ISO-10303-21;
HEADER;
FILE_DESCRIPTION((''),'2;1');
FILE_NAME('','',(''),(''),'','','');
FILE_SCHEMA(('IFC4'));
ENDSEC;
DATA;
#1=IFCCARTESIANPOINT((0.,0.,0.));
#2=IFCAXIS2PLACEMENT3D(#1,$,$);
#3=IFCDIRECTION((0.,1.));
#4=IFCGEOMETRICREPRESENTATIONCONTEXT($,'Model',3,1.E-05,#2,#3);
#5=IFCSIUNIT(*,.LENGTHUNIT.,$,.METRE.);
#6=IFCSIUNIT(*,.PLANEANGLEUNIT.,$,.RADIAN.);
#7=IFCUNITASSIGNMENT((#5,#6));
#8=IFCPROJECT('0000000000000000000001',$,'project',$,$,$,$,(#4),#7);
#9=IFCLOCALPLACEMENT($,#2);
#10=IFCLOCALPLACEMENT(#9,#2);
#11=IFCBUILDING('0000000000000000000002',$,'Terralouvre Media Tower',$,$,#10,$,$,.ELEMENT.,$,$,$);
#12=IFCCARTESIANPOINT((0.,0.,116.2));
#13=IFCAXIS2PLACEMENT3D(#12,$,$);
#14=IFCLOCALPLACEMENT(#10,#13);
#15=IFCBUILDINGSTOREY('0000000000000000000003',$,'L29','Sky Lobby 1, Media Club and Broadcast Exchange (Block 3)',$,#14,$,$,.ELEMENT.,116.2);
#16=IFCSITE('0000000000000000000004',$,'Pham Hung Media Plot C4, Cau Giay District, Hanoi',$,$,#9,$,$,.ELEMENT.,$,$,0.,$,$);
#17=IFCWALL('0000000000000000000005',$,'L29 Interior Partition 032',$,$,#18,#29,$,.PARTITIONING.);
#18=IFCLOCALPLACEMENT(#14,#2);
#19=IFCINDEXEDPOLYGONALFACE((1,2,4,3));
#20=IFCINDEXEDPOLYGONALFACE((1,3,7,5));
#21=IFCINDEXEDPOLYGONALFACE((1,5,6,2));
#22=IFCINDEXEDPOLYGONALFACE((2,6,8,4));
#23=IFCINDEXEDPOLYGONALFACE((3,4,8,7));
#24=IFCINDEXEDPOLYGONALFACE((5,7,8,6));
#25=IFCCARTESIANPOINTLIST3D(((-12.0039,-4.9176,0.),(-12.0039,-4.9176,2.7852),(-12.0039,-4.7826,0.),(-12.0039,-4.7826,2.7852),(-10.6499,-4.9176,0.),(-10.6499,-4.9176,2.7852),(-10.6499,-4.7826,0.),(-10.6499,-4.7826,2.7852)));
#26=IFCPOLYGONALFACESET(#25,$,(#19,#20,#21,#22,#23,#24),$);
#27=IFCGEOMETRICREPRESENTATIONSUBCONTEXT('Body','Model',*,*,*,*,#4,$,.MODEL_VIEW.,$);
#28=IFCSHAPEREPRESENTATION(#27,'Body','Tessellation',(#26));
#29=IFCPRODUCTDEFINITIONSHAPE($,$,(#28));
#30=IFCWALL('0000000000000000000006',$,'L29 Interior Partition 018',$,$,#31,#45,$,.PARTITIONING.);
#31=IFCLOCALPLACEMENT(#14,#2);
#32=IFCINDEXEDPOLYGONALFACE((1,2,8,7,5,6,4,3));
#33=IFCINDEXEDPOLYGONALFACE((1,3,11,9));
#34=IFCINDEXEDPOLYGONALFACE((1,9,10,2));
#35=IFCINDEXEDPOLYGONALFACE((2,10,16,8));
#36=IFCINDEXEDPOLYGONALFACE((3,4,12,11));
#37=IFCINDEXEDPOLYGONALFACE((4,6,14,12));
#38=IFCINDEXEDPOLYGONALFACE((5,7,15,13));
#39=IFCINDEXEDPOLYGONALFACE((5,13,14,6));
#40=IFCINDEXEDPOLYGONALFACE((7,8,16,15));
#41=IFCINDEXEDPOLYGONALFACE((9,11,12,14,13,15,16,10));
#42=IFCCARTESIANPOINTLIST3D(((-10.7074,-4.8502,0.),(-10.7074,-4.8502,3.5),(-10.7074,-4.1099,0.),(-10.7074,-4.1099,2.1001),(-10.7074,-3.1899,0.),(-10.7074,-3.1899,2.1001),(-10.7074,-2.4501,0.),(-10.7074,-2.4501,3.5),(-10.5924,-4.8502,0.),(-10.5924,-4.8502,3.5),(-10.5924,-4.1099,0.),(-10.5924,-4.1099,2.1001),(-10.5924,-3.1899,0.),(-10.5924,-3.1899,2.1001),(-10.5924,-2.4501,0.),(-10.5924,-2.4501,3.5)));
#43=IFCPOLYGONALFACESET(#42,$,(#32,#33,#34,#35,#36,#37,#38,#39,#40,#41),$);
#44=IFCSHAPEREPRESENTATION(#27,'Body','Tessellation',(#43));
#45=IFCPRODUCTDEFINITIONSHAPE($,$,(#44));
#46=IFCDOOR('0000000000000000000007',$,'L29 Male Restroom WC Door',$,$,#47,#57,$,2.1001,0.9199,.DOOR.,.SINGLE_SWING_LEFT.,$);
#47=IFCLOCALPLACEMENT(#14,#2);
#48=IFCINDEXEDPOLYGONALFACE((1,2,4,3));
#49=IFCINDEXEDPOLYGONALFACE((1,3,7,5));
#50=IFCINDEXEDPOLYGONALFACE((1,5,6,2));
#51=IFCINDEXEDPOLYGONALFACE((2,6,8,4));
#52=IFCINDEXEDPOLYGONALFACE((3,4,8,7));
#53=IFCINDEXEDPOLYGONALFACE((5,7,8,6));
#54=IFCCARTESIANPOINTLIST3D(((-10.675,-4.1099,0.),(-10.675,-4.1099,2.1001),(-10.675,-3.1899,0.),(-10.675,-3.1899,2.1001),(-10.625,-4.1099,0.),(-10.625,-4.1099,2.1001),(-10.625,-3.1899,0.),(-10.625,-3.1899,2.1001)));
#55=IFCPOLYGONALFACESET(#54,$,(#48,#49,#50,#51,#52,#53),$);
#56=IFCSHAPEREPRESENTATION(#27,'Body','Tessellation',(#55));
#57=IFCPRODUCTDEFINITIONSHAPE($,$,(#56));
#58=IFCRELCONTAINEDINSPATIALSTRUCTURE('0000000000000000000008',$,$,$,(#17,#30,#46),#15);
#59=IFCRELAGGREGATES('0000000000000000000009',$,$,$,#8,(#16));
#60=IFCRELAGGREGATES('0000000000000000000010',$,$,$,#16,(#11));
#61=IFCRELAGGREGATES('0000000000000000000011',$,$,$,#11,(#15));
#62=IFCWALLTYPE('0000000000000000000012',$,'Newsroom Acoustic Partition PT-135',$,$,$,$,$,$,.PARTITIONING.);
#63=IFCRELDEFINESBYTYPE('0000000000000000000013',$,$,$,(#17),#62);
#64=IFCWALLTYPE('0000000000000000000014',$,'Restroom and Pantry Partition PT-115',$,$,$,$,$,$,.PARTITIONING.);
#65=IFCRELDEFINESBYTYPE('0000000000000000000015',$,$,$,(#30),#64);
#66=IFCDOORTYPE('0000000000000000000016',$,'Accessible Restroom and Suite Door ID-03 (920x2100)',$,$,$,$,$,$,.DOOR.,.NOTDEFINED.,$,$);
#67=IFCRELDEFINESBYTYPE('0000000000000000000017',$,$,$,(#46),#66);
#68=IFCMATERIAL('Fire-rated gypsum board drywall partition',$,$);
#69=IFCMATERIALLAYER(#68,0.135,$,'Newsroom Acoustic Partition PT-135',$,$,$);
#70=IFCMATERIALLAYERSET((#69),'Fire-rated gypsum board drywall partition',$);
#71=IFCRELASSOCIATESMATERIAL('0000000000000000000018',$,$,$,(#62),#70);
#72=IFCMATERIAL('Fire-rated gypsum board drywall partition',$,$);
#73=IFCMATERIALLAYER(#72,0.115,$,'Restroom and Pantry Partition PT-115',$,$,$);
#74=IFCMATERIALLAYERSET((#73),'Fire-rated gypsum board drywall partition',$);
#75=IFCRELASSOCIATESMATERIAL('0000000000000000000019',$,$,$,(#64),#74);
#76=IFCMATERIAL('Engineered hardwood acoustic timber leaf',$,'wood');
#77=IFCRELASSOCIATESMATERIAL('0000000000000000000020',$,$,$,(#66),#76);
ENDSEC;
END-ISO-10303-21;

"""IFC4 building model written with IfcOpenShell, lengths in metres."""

from ifc_helpers import new_model, si_unit, direction, frame, frame_2d, origin, place, context, subcontext, project, spatial, rectangle, extrude, material, layer, layer_set, type_object, element, fill, save


model = new_model("IFC4")

# Units and contexts
model_context = context("Model", 3, precision=1e-05, world=origin(), true_north=direction((0.0, 1.0)))
body_context = subcontext(model_context, "Body", "Model", "MODEL_VIEW")
ifc_project = project(units=[si_unit("LENGTHUNIT", "METRE"), si_unit("PLANEANGLEUNIT", "RADIAN")], contexts=[model_context])

# Site, building, storey
site_placement = place(None, origin())
site = spatial("IfcSite", under=ifc_project, at=site_placement, Name="Pham Hung Media Plot C4, Cau Giay District, Hanoi", CompositionType="ELEMENT", RefElevation=0.0)
building_placement = place(site_placement, origin())
building = spatial("IfcBuilding", under=site, at=building_placement, Name="Terralouvre Media Tower", CompositionType="ELEMENT")
storey_placement = place(building_placement, frame((0.0, 0.0, 116.2)))
storey = spatial("IfcBuildingStorey", under=building, at=storey_placement, Name="L29", Description="Sky Lobby 1, Media Club and Broadcast Exchange (Block 3)", CompositionType="ELEMENT", Elevation=116.2)

# Wall
ifc_material_1 = material(Name="Fire-rated gypsum board drywall partition")
ifc_layer_1 = layer(ifc_material_1, 0.135, Name="Newsroom Acoustic Partition PT-135")
ifc_layer_set_1 = layer_set([ifc_layer_1], Name="Fire-rated gypsum board drywall partition")
wall_type_1 = type_object("IfcWallType", Name="Newsroom Acoustic Partition PT-135", PredefinedType="PARTITIONING", material=ifc_layer_set_1)
wall_1_placement = place(storey_placement, frame((-10.6499, -4.8501, 0.0), z_axis=(0.0, 0.0, 1.0), x_axis=(-1.0, 0.0, 0.0)))
element("IfcWall", 1, at=wall_1_placement, inside=storey, type_object=wall_type_1, Name="L29 Interior Partition 032", PredefinedType="PARTITIONING", context=body_context, shape_type="SweptSolid", body=[
    extrude(rectangle(XDim=1.354, YDim=0.135, at=frame_2d((0.677, 0.0))), origin(), (0.0, 0.0, 1.0), 2.7852),
])

# Wall, opening, door
ifc_material_2 = material(Name="Fire-rated gypsum board drywall partition")
ifc_layer_2 = layer(ifc_material_2, 0.115, Name="Restroom and Pantry Partition PT-115")
ifc_layer_set_2 = layer_set([ifc_layer_2], Name="Fire-rated gypsum board drywall partition")
wall_type_2 = type_object("IfcWallType", Name="Restroom and Pantry Partition PT-115", PredefinedType="PARTITIONING", material=ifc_layer_set_2)
wall_2_placement = place(storey_placement, frame((-10.6499, -2.45, 0.0), z_axis=(0.0, 0.0, 1.0), x_axis=(0.0, -1.0, 0.0)))
wall_2 = element("IfcWall", 2, at=wall_2_placement, inside=storey, type_object=wall_type_2, Name="L29 Interior Partition 018", PredefinedType="PARTITIONING", context=body_context, shape_type="SweptSolid", body=[
    extrude(rectangle(XDim=2.4001, YDim=0.115, at=frame_2d((1.2002, 0.0))), origin(), (0.0, 0.0, 1.0), 3.5),
])
opening_1_placement = place(wall_2_placement, frame((0.74, 0.0, 0.0)))
opening_1 = element("IfcOpeningElement", 3, at=opening_1_placement, cuts=wall_2, PredefinedType="OPENING", context=body_context, shape_type="SweptSolid", body=[
    extrude(rectangle(XDim=0.9199, YDim=2.1001, at=frame_2d((0.46, 1.05))), frame((0.0, 0.0674, 0.0), z_axis=(0.0, -1.0, 0.0), x_axis=(1.0, 0.0, 0.0)), (0.0, 0.0, 1.0), 0.135),
])
ifc_material_3 = material(Name="Engineered hardwood acoustic timber leaf", Category="wood")
door_type_1 = type_object("IfcDoorType", Name="Accessible Restroom and Suite Door ID-03 (920x2100)", OperationType="NOTDEFINED", PredefinedType="DOOR", material=ifc_material_3)
door_1_placement = place(opening_1_placement, origin())
door_1 = element("IfcDoor", 4, at=door_1_placement, inside=storey, type_object=door_type_1, Name="L29 Male Restroom WC Door", OperationType="SINGLE_SWING_LEFT", OverallHeight=2.1001, OverallWidth=0.9199, PredefinedType="DOOR", context=body_context, shape_type="SweptSolid", body=[
    extrude(rectangle(XDim=0.9199, YDim=2.1001, at=frame_2d((0.46, 1.05))), frame((0.0, 0.0249, 0.0), z_axis=(0.0, -1.0, 0.0), x_axis=(1.0, 0.0, 0.0)), (0.0, 0.0, 1.0), 0.05),
])
fill(opening_1, door_1)

save(model, "model.ifc")
